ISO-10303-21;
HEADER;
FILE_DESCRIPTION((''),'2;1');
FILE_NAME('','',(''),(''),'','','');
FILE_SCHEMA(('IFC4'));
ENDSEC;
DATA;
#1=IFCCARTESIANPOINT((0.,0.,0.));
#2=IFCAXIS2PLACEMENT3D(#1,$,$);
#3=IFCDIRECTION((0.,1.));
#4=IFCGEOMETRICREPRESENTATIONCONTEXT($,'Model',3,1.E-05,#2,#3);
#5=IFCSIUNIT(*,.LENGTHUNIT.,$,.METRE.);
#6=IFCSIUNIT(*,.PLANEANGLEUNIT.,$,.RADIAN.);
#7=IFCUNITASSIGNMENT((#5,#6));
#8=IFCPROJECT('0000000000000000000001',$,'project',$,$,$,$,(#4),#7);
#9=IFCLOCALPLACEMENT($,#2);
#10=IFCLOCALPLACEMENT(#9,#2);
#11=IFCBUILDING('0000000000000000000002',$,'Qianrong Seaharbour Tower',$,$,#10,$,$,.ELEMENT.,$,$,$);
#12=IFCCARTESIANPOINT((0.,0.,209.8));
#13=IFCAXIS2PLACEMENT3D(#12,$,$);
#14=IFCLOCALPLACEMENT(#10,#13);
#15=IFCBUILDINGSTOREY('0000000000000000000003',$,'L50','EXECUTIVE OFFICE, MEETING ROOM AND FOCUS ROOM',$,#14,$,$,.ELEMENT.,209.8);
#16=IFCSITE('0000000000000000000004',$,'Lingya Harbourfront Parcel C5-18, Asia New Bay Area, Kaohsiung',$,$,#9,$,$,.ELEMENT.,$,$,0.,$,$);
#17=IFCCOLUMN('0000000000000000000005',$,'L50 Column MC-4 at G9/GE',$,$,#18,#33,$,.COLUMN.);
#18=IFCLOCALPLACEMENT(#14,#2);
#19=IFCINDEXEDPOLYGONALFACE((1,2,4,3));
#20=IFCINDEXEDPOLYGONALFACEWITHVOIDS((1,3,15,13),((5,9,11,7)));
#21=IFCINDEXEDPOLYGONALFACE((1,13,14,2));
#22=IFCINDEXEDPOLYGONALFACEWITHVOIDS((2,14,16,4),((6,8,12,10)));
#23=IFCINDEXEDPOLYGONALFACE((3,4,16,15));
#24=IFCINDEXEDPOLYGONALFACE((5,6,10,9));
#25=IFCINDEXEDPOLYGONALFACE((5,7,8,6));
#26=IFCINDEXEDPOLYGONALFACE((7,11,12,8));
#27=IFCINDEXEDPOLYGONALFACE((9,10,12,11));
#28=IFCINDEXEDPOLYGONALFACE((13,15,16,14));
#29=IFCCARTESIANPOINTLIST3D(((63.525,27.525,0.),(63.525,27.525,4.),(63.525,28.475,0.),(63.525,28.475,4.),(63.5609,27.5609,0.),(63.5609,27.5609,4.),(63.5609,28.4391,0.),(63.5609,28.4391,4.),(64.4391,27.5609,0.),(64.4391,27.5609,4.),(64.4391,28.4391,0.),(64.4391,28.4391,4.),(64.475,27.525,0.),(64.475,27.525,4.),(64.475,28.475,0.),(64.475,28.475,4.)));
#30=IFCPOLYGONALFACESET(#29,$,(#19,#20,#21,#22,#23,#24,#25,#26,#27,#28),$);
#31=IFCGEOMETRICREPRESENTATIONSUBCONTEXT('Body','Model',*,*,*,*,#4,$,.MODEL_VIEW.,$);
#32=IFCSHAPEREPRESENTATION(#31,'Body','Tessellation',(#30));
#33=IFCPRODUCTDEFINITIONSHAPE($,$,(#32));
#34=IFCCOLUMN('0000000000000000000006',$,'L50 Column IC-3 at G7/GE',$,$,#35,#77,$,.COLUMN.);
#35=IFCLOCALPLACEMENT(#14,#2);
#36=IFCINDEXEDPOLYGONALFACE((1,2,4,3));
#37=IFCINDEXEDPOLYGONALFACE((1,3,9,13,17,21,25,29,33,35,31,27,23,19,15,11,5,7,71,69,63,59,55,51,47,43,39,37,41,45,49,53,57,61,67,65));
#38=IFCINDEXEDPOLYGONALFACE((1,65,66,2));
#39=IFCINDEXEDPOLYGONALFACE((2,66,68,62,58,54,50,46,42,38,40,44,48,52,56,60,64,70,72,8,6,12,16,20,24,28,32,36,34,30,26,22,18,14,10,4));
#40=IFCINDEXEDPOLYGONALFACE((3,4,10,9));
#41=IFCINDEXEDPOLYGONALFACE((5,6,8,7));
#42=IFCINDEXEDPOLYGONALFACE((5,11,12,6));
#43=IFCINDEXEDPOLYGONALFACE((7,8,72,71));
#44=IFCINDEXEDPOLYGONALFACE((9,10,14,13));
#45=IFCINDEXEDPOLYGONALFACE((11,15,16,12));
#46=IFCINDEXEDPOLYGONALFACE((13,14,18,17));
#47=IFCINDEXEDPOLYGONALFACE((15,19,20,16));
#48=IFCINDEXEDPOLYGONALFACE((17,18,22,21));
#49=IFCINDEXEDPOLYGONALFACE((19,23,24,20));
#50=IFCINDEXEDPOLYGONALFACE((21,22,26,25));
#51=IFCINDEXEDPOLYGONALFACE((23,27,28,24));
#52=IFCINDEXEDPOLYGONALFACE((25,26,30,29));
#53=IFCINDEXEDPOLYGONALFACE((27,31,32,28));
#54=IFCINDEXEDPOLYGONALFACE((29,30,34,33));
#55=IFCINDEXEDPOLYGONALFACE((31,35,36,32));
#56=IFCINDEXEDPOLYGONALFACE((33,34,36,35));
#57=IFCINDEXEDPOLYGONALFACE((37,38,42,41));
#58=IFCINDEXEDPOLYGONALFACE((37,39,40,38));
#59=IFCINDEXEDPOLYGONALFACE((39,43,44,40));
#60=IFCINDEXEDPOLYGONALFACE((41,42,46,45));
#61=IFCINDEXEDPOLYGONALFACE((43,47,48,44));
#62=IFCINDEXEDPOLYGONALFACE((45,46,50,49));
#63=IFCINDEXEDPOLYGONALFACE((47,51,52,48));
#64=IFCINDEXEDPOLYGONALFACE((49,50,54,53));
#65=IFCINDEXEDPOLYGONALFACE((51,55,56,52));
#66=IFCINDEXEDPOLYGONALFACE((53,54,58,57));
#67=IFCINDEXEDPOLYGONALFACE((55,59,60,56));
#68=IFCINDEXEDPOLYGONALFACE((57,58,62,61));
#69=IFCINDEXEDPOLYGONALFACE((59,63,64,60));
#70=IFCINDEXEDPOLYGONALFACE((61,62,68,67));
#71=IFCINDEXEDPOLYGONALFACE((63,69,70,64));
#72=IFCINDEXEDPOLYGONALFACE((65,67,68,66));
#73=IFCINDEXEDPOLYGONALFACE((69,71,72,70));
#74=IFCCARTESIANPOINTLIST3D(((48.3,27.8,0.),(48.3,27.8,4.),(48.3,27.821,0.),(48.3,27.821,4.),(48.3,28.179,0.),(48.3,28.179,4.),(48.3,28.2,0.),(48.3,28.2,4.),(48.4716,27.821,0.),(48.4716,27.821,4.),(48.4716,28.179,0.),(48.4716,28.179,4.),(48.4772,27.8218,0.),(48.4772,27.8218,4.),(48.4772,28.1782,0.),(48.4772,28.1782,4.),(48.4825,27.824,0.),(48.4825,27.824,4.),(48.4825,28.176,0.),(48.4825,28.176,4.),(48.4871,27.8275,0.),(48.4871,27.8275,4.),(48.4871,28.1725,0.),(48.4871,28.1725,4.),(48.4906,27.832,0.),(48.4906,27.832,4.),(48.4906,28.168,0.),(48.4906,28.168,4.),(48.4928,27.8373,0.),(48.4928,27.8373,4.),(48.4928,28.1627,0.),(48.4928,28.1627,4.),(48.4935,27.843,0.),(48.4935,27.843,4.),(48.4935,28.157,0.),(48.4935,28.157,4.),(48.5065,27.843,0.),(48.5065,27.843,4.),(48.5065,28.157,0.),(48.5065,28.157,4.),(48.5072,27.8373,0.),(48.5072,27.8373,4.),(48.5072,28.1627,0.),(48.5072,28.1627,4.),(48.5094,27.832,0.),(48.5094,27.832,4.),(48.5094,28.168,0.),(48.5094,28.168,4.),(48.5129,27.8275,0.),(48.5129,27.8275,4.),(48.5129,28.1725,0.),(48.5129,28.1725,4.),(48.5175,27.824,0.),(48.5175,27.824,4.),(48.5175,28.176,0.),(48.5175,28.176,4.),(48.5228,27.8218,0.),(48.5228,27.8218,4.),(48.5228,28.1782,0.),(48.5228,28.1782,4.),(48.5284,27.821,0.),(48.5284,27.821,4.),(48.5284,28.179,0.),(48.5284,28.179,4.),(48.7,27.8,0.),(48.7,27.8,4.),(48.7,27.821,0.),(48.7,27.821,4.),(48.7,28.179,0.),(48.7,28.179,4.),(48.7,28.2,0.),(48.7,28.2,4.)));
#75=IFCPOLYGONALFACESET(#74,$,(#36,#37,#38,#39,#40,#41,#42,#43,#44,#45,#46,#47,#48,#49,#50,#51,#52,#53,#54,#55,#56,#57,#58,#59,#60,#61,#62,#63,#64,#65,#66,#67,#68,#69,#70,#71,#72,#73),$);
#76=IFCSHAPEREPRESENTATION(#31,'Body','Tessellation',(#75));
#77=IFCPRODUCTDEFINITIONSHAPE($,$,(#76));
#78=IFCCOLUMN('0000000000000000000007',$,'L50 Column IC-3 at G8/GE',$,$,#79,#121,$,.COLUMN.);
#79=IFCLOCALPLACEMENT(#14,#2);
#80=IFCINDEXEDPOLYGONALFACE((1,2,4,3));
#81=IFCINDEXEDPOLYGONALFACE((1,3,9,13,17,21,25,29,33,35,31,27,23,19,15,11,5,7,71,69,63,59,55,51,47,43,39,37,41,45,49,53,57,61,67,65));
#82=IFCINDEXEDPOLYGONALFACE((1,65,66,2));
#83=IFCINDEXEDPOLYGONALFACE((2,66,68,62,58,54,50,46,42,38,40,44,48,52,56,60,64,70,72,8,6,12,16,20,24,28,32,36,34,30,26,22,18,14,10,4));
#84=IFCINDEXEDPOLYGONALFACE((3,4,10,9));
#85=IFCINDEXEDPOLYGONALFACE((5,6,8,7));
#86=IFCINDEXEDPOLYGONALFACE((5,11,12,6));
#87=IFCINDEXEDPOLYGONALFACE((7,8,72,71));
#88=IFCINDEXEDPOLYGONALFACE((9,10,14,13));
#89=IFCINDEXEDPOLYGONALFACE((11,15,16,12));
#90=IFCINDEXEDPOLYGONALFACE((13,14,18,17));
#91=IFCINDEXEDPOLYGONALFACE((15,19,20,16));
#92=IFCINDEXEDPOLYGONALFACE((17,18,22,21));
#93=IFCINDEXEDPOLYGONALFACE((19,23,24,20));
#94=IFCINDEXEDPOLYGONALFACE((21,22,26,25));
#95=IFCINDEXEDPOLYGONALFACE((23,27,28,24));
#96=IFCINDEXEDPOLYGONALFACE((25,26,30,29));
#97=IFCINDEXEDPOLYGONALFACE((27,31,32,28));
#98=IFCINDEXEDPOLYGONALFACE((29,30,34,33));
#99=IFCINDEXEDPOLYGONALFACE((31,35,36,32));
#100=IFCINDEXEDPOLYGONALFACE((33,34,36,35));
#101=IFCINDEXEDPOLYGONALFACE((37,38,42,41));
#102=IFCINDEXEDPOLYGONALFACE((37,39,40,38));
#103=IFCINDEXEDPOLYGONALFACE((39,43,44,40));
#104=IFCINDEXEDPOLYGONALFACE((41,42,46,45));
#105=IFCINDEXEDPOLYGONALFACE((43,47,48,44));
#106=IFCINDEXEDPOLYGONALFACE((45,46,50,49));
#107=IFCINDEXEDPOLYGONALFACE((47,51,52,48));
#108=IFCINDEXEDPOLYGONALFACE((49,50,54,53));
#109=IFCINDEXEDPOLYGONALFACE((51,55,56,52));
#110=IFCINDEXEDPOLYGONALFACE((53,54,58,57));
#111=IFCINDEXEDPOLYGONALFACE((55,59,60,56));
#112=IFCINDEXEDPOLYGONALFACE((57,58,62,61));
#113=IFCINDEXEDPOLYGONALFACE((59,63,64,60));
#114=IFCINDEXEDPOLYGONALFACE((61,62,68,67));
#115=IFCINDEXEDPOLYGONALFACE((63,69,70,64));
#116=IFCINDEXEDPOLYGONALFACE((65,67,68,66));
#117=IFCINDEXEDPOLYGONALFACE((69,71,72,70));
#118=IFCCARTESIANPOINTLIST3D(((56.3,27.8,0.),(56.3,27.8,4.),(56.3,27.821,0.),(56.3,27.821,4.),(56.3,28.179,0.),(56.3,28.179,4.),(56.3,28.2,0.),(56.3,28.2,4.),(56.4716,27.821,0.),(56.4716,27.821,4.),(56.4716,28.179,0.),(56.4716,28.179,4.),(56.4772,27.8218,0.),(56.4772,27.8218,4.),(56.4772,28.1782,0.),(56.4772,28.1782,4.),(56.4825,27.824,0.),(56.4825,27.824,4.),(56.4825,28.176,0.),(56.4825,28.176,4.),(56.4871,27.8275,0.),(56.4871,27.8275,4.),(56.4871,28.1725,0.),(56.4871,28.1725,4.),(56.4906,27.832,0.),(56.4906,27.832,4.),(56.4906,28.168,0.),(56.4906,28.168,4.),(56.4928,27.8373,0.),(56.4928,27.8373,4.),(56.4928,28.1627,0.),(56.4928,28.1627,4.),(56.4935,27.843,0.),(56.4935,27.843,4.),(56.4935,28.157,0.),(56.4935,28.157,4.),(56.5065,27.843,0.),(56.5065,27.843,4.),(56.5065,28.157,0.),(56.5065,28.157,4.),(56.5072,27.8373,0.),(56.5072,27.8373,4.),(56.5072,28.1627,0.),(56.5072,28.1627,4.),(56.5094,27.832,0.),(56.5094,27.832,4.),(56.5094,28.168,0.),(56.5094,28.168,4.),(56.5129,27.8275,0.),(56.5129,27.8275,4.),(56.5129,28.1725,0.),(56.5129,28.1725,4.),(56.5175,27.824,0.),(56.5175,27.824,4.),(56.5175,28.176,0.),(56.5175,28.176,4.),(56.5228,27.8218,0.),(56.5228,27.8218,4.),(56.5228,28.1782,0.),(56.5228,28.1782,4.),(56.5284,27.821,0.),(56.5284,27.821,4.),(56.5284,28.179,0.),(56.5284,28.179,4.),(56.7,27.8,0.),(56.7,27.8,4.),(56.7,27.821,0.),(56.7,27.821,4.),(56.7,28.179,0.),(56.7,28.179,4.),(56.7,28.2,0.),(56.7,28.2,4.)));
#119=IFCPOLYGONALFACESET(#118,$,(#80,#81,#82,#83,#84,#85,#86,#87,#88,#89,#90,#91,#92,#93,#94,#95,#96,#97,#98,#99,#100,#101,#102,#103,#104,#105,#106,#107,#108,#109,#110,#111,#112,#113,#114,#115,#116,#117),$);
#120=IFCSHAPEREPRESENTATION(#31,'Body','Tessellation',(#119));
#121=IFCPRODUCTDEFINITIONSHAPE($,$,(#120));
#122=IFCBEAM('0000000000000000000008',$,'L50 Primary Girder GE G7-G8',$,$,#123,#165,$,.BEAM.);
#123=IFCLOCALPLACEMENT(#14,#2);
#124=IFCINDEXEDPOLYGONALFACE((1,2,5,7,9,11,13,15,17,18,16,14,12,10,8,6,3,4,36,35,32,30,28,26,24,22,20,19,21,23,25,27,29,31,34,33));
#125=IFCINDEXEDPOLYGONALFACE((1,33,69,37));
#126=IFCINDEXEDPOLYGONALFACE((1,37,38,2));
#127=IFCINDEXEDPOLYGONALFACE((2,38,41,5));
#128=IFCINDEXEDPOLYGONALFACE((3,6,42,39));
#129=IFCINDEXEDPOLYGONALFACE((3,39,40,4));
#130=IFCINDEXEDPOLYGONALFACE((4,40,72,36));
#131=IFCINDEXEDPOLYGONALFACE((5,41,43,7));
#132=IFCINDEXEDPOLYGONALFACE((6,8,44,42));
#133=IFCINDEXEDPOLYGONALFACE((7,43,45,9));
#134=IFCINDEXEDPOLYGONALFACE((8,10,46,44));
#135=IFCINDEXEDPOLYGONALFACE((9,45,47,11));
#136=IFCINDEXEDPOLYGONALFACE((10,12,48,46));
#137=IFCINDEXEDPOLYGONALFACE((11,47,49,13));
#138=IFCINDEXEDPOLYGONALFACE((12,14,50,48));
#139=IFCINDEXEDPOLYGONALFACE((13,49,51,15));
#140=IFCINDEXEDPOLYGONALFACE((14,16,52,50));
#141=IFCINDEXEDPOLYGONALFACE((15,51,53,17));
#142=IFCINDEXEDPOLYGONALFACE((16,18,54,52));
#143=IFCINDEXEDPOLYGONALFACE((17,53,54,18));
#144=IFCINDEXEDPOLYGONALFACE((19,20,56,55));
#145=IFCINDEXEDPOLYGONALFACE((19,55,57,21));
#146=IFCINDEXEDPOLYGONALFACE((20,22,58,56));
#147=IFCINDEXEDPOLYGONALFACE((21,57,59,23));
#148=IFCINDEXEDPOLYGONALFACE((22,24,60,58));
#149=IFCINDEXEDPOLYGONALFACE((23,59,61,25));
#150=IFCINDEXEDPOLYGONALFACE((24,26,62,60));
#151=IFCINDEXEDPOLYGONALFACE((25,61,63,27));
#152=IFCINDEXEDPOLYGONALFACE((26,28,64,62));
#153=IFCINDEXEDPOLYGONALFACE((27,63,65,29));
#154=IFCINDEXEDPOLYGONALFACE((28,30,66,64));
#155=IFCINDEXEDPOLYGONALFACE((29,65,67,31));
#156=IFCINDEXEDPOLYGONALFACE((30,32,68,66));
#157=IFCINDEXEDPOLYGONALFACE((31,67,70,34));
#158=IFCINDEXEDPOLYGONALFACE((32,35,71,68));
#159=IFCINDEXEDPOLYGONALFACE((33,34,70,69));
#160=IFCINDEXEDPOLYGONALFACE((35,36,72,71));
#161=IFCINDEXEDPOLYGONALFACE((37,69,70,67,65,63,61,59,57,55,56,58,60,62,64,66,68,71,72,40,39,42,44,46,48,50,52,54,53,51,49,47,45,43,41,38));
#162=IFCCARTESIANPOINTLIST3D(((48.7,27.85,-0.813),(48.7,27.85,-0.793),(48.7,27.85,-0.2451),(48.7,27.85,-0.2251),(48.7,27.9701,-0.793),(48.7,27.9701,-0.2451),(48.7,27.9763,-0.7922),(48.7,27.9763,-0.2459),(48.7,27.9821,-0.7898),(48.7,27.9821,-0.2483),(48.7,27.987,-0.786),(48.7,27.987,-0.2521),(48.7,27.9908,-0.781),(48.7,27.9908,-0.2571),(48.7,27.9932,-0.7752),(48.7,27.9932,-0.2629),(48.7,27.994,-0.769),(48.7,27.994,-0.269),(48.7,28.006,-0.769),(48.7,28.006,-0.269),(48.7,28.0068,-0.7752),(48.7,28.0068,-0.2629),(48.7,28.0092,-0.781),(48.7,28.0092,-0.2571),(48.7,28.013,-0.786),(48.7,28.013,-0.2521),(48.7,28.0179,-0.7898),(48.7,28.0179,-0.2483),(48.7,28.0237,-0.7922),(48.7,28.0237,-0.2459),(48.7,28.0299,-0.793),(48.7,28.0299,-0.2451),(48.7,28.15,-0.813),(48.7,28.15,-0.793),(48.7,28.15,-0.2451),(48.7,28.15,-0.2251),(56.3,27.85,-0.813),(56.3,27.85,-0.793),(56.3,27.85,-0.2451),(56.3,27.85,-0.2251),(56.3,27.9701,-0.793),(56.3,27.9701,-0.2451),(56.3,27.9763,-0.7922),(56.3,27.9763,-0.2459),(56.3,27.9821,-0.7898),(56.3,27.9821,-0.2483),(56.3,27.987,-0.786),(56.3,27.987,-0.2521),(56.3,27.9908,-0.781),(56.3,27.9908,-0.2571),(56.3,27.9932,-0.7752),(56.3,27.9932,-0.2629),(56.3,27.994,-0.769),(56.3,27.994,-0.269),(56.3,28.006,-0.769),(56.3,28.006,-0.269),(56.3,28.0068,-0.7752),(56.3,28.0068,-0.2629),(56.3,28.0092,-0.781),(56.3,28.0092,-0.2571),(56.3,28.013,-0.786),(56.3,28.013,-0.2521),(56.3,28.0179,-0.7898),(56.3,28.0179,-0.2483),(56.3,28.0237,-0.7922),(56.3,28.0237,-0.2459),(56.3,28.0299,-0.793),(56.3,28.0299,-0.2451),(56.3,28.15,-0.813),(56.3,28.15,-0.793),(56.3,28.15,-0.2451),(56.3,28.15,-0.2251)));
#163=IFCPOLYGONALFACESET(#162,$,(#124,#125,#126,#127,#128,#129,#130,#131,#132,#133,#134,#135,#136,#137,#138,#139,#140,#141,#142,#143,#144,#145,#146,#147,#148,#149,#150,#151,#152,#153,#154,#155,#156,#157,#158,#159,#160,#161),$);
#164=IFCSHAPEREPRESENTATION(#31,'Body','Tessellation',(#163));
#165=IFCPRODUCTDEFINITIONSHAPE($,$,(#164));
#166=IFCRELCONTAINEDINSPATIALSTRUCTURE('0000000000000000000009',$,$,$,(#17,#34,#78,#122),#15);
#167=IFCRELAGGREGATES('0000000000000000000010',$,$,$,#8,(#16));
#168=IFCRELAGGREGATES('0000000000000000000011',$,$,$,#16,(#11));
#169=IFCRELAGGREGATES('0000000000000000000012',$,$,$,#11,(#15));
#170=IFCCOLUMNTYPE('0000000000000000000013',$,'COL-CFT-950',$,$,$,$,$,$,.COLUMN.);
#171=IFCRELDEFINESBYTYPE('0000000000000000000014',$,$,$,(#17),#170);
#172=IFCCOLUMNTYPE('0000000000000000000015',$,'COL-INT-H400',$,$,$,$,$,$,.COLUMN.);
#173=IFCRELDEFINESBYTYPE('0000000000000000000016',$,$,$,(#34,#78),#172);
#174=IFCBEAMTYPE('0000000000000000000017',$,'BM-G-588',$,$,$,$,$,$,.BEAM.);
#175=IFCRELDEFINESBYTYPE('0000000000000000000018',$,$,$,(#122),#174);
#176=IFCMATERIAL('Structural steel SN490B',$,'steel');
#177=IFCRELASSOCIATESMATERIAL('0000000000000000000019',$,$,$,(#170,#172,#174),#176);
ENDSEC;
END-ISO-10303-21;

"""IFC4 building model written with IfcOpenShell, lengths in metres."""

from ifc_helpers import new_model, si_unit, direction, frame, origin, origin_2d, place, context, subcontext, project, spatial, hollow_rectangle, i_section, extrude, material, material_profile, profile_set, type_object, element, save


model = new_model("IFC4")

# Units and contexts
model_context = context("Model", 3, precision=1e-05, world=origin(), true_north=direction((0.0, 1.0)))
body_context = subcontext(model_context, "Body", "Model", "MODEL_VIEW")
ifc_project = project(units=[si_unit("LENGTHUNIT", "METRE"), si_unit("PLANEANGLEUNIT", "RADIAN")], contexts=[model_context])

# Site, building, storey
site_placement = place(None, origin())
site = spatial("IfcSite", under=ifc_project, at=site_placement, Name="Lingya Harbourfront Parcel C5-18, Asia New Bay Area, Kaohsiung", CompositionType="ELEMENT", RefElevation=0.0)
building_placement = place(site_placement, origin())
building = spatial("IfcBuilding", under=site, at=building_placement, Name="Qianrong Seaharbour Tower", CompositionType="ELEMENT")
storey_placement = place(building_placement, frame((0.0, 0.0, 209.8)))
storey = spatial("IfcBuildingStorey", under=building, at=storey_placement, Name="L50", Description="EXECUTIVE OFFICE, MEETING ROOM AND FOCUS ROOM", CompositionType="ELEMENT", Elevation=209.8)

# Columns
ifc_material_1 = material(Name="Structural steel SN490B", Category="steel")
ifc_material_profile_1 = material_profile(ifc_material_1, hollow_rectangle(XDim=0.95, YDim=0.95, WallThickness=0.0359, at=origin_2d()), Name="BOX950x950x36")
ifc_profile_set_1 = profile_set([ifc_material_profile_1], Name="Structural steel SN490B")
column_type_1 = type_object("IfcColumnType", Name="COL-CFT-950", PredefinedType="COLUMN", material=ifc_profile_set_1)
column_placement = place(storey_placement, frame((64.0, 28.0, 0.0), z_axis=(0.0, 0.0, 1.0), x_axis=(1.0, 0.0, 0.0)))
element("IfcColumn", 1, at=column_placement, inside=storey, type_object=column_type_1, Name="L50 Column MC-4 at G9/GE", PredefinedType="COLUMN", context=body_context, shape_type="SweptSolid", body=[
    extrude(hollow_rectangle(XDim=0.95, YDim=0.95, WallThickness=0.0359, at=origin_2d()), origin(), (0.0, 0.0, 1.0), 4.0),
])
ifc_material_profile_2 = material_profile(ifc_material_1, i_section(OverallWidth=0.3999, OverallDepth=0.3999, WebThickness=0.0129, FlangeThickness=0.021, FilletRadius=0.022, at=origin_2d()), Name="H400x400x13x21")
ifc_profile_set_2 = profile_set([ifc_material_profile_2], Name="Structural steel SN490B")
column_type_2 = type_object("IfcColumnType", Name="COL-INT-H400", PredefinedType="COLUMN", material=ifc_profile_set_2)
for number, where, z_axis, x_axis, name in (
    (2, (48.5, 28.0, 0.0), (0.0, 0.0, 1.0), (1.0, 0.0, 0.0), "L50 Column IC-3 at G7/GE"),
    (3, (56.5, 28.0, 0.0), (0.0, 0.0, 1.0), (1.0, 0.0, 0.0), "L50 Column IC-3 at G8/GE"),
):
    element("IfcColumn", number, at=place(storey_placement, frame(where, z_axis=z_axis, x_axis=x_axis)), inside=storey, type_object=column_type_2, Name=name, PredefinedType="COLUMN", context=body_context, shape_type="SweptSolid", body=[
        extrude(i_section(OverallWidth=0.3999, OverallDepth=0.3999, WebThickness=0.0129, FlangeThickness=0.021, FilletRadius=0.022, at=origin_2d()), origin(), (0.0, 0.0, 1.0), 4.0),
    ])

# Beam
ifc_material_profile_3 = material_profile(ifc_material_1, i_section(OverallWidth=0.3, OverallDepth=0.5879, WebThickness=0.012, FlangeThickness=0.02, FilletRadius=0.0239, at=origin_2d()), Name="H588x300x12x20")
ifc_profile_set_3 = profile_set([ifc_material_profile_3], Name="Structural steel SN490B")
beam_type_1 = type_object("IfcBeamType", Name="BM-G-588", PredefinedType="BEAM", material=ifc_profile_set_3)
beam_1_placement = place(storey_placement, frame((48.7, 28.0, -0.519), z_axis=(1.0, 0.0, 0.0), x_axis=(0.0, 1.0, 0.0)))
element("IfcBeam", 4, at=beam_1_placement, inside=storey, type_object=beam_type_1, Name="L50 Primary Girder GE G7-G8", PredefinedType="BEAM", context=body_context, shape_type="SweptSolid", body=[
    extrude(i_section(OverallWidth=0.3, OverallDepth=0.5879, WebThickness=0.012, FlangeThickness=0.02, FilletRadius=0.0239, at=origin_2d()), origin(), (0.0, 0.0, 1.0), 7.6001),
])

save(model, "model.ifc")
